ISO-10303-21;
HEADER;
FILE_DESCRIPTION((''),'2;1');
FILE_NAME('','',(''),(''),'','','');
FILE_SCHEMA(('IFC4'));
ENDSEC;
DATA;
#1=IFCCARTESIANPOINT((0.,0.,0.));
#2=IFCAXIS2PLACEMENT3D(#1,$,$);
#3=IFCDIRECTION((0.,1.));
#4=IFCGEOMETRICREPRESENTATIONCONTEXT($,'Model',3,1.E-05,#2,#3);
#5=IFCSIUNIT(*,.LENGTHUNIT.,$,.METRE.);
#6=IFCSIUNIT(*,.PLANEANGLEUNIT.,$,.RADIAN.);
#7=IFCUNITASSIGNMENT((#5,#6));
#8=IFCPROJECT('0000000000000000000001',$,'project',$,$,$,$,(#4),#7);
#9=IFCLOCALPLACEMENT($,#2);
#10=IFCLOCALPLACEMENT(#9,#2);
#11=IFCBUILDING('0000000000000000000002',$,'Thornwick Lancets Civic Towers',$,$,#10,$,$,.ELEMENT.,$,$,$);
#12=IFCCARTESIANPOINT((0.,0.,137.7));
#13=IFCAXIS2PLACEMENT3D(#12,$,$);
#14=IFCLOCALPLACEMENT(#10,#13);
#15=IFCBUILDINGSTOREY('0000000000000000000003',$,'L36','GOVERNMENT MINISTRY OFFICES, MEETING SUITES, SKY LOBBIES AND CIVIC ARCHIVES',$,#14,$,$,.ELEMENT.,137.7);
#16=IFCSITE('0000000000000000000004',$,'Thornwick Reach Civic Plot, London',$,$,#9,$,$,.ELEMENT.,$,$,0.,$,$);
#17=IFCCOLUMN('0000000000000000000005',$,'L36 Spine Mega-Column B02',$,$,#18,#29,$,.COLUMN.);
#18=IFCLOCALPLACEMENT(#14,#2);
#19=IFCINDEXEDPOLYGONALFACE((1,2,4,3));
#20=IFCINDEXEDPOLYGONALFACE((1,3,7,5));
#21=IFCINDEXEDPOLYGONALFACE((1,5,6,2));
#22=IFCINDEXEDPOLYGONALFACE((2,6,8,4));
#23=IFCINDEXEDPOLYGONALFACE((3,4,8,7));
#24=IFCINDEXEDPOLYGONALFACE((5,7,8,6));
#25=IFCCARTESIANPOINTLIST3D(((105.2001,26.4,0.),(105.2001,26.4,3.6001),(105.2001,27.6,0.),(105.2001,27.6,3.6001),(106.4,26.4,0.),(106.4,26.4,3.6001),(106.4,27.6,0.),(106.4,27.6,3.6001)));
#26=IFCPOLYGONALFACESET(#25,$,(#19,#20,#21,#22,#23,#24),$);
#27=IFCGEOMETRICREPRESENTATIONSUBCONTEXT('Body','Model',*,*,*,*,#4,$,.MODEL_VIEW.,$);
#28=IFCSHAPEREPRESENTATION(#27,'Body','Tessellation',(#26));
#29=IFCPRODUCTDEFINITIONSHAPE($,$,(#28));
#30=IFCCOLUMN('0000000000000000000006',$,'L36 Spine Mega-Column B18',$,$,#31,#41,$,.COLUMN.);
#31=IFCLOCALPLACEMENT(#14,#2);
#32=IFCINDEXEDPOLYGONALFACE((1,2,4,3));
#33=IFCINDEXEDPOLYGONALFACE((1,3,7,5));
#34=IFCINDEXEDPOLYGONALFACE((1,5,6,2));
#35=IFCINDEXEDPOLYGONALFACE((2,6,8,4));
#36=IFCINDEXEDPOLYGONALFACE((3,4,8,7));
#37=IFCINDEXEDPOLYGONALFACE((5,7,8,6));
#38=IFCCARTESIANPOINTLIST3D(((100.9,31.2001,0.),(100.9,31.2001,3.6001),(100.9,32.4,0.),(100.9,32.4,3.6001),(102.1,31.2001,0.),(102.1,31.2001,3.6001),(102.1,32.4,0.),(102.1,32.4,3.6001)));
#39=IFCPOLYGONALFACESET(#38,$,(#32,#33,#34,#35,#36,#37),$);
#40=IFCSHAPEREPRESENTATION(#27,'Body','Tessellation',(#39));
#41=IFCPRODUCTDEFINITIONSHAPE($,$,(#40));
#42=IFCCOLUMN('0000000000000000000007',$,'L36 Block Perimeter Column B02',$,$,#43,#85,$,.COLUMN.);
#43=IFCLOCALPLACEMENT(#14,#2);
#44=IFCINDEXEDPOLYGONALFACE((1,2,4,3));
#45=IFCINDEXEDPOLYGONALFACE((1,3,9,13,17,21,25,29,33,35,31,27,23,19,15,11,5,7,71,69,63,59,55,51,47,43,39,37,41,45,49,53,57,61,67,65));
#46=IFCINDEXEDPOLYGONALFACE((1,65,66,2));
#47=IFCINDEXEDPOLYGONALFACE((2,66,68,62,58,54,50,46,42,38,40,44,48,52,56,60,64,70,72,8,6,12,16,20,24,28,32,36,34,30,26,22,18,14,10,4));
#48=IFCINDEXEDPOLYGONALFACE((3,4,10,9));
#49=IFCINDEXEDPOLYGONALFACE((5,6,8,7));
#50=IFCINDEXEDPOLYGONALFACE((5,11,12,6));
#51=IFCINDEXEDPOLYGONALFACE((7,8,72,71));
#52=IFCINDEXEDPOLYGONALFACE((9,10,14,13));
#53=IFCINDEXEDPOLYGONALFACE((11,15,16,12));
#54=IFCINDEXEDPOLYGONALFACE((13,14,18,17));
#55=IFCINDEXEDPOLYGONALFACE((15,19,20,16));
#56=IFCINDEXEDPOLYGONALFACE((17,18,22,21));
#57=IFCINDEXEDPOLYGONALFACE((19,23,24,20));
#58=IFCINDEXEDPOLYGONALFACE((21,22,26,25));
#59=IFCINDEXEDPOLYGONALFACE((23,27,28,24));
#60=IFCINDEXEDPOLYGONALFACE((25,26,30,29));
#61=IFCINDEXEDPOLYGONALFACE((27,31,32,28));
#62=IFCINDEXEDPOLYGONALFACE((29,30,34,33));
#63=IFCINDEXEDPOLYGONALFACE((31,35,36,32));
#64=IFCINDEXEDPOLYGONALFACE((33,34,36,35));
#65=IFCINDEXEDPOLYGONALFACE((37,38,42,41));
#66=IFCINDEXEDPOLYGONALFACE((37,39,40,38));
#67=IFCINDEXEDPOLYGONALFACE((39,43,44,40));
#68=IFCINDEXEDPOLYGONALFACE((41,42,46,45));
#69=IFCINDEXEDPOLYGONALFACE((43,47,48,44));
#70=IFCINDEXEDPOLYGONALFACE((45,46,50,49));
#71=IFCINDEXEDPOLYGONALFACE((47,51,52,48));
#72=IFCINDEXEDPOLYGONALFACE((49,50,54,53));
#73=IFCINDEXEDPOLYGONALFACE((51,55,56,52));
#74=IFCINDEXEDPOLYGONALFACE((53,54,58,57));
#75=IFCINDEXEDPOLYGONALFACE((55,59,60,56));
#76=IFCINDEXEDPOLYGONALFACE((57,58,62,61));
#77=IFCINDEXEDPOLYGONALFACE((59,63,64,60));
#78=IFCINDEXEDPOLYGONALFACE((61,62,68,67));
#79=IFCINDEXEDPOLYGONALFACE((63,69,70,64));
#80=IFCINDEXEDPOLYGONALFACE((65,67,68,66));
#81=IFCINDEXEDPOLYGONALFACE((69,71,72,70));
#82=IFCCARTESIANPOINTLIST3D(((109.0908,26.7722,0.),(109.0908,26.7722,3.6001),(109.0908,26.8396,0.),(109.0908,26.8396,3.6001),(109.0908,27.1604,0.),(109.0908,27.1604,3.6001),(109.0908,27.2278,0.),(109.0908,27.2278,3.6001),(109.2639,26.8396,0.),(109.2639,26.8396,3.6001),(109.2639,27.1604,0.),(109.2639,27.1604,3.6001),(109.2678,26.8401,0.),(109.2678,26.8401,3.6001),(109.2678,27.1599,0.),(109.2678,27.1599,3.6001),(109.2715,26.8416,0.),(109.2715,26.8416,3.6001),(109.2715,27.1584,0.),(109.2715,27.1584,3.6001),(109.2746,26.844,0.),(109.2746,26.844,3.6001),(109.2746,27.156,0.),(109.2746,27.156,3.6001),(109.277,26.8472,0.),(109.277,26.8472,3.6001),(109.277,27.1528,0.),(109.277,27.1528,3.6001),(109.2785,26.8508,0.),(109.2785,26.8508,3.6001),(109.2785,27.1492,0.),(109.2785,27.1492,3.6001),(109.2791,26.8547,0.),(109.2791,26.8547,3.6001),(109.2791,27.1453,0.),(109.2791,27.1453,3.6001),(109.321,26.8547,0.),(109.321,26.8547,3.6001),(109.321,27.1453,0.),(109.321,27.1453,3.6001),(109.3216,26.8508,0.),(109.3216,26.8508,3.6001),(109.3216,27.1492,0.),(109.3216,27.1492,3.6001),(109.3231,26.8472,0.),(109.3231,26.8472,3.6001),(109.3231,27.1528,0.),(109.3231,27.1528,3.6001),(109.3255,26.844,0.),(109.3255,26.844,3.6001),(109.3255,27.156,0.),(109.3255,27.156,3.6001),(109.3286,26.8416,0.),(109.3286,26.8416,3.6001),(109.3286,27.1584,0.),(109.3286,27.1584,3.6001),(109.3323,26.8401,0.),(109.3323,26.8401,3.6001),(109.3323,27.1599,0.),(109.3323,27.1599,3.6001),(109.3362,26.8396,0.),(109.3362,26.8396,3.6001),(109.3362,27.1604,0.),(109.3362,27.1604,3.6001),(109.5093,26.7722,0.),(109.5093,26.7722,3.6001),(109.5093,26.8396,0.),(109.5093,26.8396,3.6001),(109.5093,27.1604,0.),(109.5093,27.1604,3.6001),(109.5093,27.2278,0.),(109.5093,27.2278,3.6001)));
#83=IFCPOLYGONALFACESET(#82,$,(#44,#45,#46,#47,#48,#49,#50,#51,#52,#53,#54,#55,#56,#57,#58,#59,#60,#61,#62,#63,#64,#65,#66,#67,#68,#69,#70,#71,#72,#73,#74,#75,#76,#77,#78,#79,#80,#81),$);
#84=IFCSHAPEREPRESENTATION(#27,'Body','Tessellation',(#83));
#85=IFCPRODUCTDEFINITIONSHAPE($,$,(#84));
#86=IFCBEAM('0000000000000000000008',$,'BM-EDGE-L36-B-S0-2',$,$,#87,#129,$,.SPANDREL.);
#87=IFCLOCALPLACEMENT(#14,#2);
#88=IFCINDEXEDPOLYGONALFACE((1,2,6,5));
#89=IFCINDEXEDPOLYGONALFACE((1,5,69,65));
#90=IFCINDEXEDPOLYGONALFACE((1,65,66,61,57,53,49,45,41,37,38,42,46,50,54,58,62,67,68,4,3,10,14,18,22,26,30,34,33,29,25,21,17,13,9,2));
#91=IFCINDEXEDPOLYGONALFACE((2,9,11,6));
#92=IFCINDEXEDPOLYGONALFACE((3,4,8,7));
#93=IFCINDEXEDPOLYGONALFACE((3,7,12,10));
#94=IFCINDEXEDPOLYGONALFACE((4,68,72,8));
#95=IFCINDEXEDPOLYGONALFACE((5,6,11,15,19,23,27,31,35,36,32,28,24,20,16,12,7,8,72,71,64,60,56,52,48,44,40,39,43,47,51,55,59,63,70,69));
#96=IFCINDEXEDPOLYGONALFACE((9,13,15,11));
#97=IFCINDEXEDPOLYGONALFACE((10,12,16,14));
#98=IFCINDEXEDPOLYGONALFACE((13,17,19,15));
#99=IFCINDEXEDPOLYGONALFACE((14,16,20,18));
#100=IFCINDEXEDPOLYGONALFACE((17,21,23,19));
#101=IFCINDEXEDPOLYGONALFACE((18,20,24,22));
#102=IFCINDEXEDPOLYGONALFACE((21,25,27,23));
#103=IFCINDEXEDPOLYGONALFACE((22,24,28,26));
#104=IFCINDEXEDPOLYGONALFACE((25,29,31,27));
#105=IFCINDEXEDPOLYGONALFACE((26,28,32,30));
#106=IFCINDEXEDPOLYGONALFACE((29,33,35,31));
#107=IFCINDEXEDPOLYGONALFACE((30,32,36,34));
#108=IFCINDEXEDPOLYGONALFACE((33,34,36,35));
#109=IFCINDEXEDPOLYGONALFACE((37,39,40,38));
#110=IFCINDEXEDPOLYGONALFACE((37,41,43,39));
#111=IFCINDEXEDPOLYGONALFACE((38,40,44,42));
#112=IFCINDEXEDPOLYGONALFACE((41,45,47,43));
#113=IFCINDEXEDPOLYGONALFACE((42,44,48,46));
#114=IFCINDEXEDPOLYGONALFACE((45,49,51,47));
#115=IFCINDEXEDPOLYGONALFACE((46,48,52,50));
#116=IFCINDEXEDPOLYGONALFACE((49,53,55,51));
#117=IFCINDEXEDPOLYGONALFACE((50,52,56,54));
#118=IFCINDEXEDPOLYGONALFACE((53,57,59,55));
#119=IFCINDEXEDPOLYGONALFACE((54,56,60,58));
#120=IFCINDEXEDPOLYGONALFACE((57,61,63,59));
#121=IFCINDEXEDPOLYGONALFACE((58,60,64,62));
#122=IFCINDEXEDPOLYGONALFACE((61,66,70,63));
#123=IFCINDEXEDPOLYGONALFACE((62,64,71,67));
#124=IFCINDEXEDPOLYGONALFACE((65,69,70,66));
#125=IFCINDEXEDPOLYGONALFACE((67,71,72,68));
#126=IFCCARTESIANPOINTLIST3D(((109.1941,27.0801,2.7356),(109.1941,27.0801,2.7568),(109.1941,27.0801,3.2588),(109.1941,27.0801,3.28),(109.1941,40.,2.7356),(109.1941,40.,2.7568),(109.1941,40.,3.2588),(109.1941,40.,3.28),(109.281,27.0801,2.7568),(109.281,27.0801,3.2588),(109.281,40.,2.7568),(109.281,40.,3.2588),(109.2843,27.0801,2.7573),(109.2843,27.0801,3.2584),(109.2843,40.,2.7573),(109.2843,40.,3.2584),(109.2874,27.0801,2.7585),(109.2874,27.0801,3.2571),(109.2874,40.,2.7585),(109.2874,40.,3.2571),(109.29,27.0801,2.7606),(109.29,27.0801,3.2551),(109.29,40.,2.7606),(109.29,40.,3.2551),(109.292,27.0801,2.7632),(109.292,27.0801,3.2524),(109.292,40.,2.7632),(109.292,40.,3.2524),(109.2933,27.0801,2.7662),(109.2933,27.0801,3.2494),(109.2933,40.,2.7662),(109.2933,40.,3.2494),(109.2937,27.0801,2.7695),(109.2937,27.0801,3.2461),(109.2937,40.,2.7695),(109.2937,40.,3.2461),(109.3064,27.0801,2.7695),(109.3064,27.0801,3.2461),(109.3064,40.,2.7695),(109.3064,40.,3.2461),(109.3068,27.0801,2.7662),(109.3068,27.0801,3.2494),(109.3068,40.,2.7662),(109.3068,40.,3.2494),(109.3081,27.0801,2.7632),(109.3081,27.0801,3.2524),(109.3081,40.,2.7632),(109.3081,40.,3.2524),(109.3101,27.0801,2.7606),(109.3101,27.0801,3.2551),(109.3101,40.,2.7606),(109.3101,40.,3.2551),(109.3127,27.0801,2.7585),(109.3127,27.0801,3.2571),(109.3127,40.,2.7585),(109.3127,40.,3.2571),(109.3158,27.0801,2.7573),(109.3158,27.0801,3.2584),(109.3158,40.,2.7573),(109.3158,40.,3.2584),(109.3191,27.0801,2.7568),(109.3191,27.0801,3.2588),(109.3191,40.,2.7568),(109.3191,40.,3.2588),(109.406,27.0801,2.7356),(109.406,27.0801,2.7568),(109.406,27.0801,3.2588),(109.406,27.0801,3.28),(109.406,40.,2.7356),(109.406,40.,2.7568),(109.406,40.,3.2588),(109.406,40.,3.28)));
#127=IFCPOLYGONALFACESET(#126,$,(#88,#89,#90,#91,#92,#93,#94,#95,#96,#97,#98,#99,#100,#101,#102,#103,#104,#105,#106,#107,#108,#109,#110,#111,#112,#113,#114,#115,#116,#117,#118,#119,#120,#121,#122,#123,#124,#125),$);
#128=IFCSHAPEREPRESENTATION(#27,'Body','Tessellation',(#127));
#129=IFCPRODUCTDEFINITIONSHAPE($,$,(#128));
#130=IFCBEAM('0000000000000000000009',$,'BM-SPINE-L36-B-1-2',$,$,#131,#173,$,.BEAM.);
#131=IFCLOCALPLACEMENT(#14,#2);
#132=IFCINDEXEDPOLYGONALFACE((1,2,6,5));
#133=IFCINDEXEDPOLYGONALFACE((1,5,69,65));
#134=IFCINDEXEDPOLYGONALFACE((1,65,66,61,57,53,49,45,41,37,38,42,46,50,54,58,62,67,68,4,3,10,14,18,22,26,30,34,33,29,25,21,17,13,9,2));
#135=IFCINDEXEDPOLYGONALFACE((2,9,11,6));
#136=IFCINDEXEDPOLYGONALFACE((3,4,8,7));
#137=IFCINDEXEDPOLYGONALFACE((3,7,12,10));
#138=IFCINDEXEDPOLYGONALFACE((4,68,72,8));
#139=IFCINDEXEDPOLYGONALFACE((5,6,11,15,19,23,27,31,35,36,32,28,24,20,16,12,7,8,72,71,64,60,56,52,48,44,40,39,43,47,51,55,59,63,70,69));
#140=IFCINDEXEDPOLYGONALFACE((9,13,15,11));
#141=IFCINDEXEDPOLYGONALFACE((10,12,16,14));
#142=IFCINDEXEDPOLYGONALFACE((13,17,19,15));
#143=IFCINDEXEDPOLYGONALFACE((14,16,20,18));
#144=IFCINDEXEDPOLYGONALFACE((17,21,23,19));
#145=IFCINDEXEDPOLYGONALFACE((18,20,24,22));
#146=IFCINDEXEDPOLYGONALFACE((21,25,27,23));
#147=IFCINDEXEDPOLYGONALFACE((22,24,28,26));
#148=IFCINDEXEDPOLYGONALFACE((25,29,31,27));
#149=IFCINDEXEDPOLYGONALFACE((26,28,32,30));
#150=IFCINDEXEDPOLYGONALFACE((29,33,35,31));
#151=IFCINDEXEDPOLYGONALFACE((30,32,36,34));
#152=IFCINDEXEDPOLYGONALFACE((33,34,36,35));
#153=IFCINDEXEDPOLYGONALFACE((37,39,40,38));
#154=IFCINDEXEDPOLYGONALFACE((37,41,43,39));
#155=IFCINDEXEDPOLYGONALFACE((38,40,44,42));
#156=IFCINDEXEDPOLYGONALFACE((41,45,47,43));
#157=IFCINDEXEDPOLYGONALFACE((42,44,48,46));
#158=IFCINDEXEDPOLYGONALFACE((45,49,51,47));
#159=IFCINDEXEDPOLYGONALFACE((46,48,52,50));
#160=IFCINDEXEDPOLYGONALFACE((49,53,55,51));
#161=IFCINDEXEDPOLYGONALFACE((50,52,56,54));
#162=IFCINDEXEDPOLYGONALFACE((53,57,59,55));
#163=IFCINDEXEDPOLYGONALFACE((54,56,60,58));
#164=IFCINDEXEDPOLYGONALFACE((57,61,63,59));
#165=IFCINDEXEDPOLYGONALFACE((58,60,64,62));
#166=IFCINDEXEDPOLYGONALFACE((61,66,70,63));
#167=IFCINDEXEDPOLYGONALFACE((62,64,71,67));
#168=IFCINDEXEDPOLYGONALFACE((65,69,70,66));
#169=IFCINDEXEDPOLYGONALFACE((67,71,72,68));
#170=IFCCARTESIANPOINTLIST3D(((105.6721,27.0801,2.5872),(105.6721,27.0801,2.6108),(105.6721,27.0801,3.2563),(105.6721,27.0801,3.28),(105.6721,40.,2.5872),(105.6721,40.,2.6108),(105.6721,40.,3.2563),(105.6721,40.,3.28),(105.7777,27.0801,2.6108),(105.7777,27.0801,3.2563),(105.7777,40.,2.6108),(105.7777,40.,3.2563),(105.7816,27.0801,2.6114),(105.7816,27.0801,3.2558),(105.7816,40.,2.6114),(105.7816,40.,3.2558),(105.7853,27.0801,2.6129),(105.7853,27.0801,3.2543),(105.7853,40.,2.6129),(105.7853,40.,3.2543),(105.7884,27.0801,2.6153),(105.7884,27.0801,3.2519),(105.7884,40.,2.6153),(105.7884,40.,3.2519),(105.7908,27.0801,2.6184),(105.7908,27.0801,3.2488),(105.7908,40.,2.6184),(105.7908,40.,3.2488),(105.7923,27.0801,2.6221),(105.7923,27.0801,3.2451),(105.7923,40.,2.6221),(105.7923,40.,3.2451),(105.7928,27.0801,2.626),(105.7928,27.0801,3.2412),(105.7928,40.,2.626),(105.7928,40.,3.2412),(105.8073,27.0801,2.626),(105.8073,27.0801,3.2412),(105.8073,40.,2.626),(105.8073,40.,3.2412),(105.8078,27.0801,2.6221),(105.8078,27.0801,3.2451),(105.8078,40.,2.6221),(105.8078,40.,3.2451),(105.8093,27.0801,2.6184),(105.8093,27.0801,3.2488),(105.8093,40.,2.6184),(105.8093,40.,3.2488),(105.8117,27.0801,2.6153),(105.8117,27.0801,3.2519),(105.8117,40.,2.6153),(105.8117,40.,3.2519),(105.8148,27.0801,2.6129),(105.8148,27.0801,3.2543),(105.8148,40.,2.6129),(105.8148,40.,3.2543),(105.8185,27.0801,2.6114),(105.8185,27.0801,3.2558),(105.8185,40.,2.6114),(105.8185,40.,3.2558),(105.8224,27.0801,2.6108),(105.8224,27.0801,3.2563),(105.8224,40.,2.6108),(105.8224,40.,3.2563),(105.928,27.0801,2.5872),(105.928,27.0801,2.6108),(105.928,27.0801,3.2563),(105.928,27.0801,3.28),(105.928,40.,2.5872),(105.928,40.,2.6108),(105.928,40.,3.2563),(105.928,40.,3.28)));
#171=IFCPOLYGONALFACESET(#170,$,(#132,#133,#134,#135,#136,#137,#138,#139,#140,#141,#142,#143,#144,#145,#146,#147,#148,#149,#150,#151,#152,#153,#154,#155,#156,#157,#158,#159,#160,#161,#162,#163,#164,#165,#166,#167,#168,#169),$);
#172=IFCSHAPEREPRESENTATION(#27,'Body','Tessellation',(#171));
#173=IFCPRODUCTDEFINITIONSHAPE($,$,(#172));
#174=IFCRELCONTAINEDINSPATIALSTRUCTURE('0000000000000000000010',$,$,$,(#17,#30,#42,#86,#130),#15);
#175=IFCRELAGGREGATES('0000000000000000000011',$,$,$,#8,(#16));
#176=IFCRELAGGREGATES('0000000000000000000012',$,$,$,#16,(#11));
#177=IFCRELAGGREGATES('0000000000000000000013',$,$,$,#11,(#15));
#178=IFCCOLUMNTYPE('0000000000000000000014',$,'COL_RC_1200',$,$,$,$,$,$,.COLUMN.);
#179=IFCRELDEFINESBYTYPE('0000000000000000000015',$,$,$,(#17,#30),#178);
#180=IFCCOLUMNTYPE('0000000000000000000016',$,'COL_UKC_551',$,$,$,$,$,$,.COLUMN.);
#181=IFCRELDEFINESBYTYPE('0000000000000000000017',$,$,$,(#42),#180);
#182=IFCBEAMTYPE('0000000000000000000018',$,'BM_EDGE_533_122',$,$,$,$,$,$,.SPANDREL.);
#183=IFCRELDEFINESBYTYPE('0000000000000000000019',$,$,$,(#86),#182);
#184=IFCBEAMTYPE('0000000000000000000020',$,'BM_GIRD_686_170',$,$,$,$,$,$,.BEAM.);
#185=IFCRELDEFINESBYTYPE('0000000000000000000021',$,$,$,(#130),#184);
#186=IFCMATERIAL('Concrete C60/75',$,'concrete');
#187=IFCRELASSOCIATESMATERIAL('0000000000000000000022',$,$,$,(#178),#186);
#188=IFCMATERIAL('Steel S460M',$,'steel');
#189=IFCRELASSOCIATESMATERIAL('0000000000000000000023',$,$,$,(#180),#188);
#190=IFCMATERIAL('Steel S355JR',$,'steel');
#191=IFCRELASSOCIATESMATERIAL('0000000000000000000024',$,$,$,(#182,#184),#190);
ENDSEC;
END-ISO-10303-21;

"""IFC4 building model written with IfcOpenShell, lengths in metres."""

from ifc_helpers import new_model, si_unit, direction, frame, origin, origin_2d, place, context, subcontext, project, spatial, rectangle, i_section, extrude, material, material_profile, profile_set, type_object, element, save


model = new_model("IFC4")

# Units and contexts
model_context = context("Model", 3, precision=1e-05, world=origin(), true_north=direction((0.0, 1.0)))
body_context = subcontext(model_context, "Body", "Model", "MODEL_VIEW")
ifc_project = project(units=[si_unit("LENGTHUNIT", "METRE"), si_unit("PLANEANGLEUNIT", "RADIAN")], contexts=[model_context])

# Site, building, storey
site_placement = place(None, origin())
site = spatial("IfcSite", under=ifc_project, at=site_placement, Name="Thornwick Reach Civic Plot, London", CompositionType="ELEMENT", RefElevation=0.0)
building_placement = place(site_placement, origin())
building = spatial("IfcBuilding", under=site, at=building_placement, Name="Thornwick Lancets Civic Towers", CompositionType="ELEMENT")
storey_placement = place(building_placement, frame((0.0, 0.0, 137.7)))
storey = spatial("IfcBuildingStorey", under=building, at=storey_placement, Name="L36", Description="GOVERNMENT MINISTRY OFFICES, MEETING SUITES, SKY LOBBIES AND CIVIC ARCHIVES", CompositionType="ELEMENT", Elevation=137.7)

# Columns
ifc_material_1 = material(Name="Concrete C60/75", Category="concrete")
ifc_material_profile_1 = material_profile(ifc_material_1, rectangle(XDim=1.2, YDim=1.2, at=origin_2d()), Name="RC 1200x1200")
ifc_profile_set_1 = profile_set([ifc_material_profile_1], Name="Concrete C60/75")
column_type_1 = type_object("IfcColumnType", Name="COL_RC_1200", PredefinedType="COLUMN", material=ifc_profile_set_1)
for number, where, z_axis, x_axis, name in (
    (1, (105.8, 27.0, 0.0), (0.0, 0.0, 1.0), (1.0, 0.0, 0.0), "L36 Spine Mega-Column B02"),
    (2, (101.5, 31.8, 0.0), (0.0, 0.0, 1.0), (1.0, 0.0, 0.0), "L36 Spine Mega-Column B18"),
):
    element("IfcColumn", number, at=place(storey_placement, frame(where, z_axis=z_axis, x_axis=x_axis)), inside=storey, type_object=column_type_1, Name=name, PredefinedType="COLUMN", context=body_context, shape_type="SweptSolid", body=[
        extrude(rectangle(XDim=1.2, YDim=1.2, at=origin_2d()), origin(), (0.0, 0.0, 1.0), 3.6001),
    ])
ifc_material_2 = material(Name="Steel S460M", Category="steel")
ifc_material_profile_2 = material_profile(ifc_material_2, i_section(OverallWidth=0.4185, OverallDepth=0.4556, WebThickness=0.042, FlangeThickness=0.0674, FilletRadius=0.0151, at=origin_2d()), Name="UKC 356x406x551")
ifc_profile_set_2 = profile_set([ifc_material_profile_2], Name="Steel S460M")
column_type_2 = type_object("IfcColumnType", Name="COL_UKC_551", PredefinedType="COLUMN", material=ifc_profile_set_2)
column_placement = place(storey_placement, frame((109.3, 27.0, 0.0), z_axis=(0.0, 0.0, 1.0), x_axis=(1.0, 0.0, 0.0)))
element("IfcColumn", 3, at=column_placement, inside=storey, type_object=column_type_2, Name="L36 Block Perimeter Column B02", PredefinedType="COLUMN", context=body_context, shape_type="SweptSolid", body=[
    extrude(i_section(OverallWidth=0.4185, OverallDepth=0.4556, WebThickness=0.042, FlangeThickness=0.0674, FilletRadius=0.0151, at=origin_2d()), origin(), (0.0, 0.0, 1.0), 3.6001),
])

# Beams
ifc_material_3 = material(Name="Steel S355JR", Category="steel")
ifc_material_profile_3 = material_profile(ifc_material_3, i_section(OverallWidth=0.2119, OverallDepth=0.5444, WebThickness=0.0127, FlangeThickness=0.0212, FilletRadius=0.0127, at=origin_2d()), Name="UKB 533x210x122")
ifc_profile_set_3 = profile_set([ifc_material_profile_3], Name="Steel S355JR")
beam_type_1 = type_object("IfcBeamType", Name="BM_EDGE_533_122", PredefinedType="SPANDREL", material=ifc_profile_set_3)
beam_1_placement = place(storey_placement, frame((109.3, 27.0801, 3.0078), z_axis=(0.0, 1.0, 0.0), x_axis=(-1.0, 0.0, 0.0)))
element("IfcBeam", 4, at=beam_1_placement, inside=storey, type_object=beam_type_1, Name="BM-EDGE-L36-B-S0-2", PredefinedType="SPANDREL", context=body_context, shape_type="SweptSolid", body=[
    extrude(i_section(OverallWidth=0.2119, OverallDepth=0.5444, WebThickness=0.0127, FlangeThickness=0.0212, FilletRadius=0.0127, at=origin_2d()), origin(), (0.0, 0.0, 1.0), 12.9199),
])
ifc_material_profile_4 = material_profile(ifc_material_3, i_section(OverallWidth=0.2559, OverallDepth=0.6929, WebThickness=0.0144, FlangeThickness=0.0237, FilletRadius=0.0151, at=origin_2d()), Name="UKB 686x254x170")
ifc_profile_set_4 = profile_set([ifc_material_profile_4], Name="Steel S355JR")
beam_type_2 = type_object("IfcBeamType", Name="BM_GIRD_686_170", PredefinedType="BEAM", material=ifc_profile_set_4)
beam_2_placement = place(storey_placement, frame((105.8, 27.0801, 2.9336), z_axis=(0.0, 1.0, 0.0), x_axis=(-1.0, 0.0, 0.0)))
element("IfcBeam", 5, at=beam_2_placement, inside=storey, type_object=beam_type_2, Name="BM-SPINE-L36-B-1-2", PredefinedType="BEAM", context=body_context, shape_type="SweptSolid", body=[
    extrude(i_section(OverallWidth=0.2559, OverallDepth=0.6929, WebThickness=0.0144, FlangeThickness=0.0237, FilletRadius=0.0151, at=origin_2d()), origin(), (0.0, 0.0, 1.0), 12.9199),
])

save(model, "model.ifc")
